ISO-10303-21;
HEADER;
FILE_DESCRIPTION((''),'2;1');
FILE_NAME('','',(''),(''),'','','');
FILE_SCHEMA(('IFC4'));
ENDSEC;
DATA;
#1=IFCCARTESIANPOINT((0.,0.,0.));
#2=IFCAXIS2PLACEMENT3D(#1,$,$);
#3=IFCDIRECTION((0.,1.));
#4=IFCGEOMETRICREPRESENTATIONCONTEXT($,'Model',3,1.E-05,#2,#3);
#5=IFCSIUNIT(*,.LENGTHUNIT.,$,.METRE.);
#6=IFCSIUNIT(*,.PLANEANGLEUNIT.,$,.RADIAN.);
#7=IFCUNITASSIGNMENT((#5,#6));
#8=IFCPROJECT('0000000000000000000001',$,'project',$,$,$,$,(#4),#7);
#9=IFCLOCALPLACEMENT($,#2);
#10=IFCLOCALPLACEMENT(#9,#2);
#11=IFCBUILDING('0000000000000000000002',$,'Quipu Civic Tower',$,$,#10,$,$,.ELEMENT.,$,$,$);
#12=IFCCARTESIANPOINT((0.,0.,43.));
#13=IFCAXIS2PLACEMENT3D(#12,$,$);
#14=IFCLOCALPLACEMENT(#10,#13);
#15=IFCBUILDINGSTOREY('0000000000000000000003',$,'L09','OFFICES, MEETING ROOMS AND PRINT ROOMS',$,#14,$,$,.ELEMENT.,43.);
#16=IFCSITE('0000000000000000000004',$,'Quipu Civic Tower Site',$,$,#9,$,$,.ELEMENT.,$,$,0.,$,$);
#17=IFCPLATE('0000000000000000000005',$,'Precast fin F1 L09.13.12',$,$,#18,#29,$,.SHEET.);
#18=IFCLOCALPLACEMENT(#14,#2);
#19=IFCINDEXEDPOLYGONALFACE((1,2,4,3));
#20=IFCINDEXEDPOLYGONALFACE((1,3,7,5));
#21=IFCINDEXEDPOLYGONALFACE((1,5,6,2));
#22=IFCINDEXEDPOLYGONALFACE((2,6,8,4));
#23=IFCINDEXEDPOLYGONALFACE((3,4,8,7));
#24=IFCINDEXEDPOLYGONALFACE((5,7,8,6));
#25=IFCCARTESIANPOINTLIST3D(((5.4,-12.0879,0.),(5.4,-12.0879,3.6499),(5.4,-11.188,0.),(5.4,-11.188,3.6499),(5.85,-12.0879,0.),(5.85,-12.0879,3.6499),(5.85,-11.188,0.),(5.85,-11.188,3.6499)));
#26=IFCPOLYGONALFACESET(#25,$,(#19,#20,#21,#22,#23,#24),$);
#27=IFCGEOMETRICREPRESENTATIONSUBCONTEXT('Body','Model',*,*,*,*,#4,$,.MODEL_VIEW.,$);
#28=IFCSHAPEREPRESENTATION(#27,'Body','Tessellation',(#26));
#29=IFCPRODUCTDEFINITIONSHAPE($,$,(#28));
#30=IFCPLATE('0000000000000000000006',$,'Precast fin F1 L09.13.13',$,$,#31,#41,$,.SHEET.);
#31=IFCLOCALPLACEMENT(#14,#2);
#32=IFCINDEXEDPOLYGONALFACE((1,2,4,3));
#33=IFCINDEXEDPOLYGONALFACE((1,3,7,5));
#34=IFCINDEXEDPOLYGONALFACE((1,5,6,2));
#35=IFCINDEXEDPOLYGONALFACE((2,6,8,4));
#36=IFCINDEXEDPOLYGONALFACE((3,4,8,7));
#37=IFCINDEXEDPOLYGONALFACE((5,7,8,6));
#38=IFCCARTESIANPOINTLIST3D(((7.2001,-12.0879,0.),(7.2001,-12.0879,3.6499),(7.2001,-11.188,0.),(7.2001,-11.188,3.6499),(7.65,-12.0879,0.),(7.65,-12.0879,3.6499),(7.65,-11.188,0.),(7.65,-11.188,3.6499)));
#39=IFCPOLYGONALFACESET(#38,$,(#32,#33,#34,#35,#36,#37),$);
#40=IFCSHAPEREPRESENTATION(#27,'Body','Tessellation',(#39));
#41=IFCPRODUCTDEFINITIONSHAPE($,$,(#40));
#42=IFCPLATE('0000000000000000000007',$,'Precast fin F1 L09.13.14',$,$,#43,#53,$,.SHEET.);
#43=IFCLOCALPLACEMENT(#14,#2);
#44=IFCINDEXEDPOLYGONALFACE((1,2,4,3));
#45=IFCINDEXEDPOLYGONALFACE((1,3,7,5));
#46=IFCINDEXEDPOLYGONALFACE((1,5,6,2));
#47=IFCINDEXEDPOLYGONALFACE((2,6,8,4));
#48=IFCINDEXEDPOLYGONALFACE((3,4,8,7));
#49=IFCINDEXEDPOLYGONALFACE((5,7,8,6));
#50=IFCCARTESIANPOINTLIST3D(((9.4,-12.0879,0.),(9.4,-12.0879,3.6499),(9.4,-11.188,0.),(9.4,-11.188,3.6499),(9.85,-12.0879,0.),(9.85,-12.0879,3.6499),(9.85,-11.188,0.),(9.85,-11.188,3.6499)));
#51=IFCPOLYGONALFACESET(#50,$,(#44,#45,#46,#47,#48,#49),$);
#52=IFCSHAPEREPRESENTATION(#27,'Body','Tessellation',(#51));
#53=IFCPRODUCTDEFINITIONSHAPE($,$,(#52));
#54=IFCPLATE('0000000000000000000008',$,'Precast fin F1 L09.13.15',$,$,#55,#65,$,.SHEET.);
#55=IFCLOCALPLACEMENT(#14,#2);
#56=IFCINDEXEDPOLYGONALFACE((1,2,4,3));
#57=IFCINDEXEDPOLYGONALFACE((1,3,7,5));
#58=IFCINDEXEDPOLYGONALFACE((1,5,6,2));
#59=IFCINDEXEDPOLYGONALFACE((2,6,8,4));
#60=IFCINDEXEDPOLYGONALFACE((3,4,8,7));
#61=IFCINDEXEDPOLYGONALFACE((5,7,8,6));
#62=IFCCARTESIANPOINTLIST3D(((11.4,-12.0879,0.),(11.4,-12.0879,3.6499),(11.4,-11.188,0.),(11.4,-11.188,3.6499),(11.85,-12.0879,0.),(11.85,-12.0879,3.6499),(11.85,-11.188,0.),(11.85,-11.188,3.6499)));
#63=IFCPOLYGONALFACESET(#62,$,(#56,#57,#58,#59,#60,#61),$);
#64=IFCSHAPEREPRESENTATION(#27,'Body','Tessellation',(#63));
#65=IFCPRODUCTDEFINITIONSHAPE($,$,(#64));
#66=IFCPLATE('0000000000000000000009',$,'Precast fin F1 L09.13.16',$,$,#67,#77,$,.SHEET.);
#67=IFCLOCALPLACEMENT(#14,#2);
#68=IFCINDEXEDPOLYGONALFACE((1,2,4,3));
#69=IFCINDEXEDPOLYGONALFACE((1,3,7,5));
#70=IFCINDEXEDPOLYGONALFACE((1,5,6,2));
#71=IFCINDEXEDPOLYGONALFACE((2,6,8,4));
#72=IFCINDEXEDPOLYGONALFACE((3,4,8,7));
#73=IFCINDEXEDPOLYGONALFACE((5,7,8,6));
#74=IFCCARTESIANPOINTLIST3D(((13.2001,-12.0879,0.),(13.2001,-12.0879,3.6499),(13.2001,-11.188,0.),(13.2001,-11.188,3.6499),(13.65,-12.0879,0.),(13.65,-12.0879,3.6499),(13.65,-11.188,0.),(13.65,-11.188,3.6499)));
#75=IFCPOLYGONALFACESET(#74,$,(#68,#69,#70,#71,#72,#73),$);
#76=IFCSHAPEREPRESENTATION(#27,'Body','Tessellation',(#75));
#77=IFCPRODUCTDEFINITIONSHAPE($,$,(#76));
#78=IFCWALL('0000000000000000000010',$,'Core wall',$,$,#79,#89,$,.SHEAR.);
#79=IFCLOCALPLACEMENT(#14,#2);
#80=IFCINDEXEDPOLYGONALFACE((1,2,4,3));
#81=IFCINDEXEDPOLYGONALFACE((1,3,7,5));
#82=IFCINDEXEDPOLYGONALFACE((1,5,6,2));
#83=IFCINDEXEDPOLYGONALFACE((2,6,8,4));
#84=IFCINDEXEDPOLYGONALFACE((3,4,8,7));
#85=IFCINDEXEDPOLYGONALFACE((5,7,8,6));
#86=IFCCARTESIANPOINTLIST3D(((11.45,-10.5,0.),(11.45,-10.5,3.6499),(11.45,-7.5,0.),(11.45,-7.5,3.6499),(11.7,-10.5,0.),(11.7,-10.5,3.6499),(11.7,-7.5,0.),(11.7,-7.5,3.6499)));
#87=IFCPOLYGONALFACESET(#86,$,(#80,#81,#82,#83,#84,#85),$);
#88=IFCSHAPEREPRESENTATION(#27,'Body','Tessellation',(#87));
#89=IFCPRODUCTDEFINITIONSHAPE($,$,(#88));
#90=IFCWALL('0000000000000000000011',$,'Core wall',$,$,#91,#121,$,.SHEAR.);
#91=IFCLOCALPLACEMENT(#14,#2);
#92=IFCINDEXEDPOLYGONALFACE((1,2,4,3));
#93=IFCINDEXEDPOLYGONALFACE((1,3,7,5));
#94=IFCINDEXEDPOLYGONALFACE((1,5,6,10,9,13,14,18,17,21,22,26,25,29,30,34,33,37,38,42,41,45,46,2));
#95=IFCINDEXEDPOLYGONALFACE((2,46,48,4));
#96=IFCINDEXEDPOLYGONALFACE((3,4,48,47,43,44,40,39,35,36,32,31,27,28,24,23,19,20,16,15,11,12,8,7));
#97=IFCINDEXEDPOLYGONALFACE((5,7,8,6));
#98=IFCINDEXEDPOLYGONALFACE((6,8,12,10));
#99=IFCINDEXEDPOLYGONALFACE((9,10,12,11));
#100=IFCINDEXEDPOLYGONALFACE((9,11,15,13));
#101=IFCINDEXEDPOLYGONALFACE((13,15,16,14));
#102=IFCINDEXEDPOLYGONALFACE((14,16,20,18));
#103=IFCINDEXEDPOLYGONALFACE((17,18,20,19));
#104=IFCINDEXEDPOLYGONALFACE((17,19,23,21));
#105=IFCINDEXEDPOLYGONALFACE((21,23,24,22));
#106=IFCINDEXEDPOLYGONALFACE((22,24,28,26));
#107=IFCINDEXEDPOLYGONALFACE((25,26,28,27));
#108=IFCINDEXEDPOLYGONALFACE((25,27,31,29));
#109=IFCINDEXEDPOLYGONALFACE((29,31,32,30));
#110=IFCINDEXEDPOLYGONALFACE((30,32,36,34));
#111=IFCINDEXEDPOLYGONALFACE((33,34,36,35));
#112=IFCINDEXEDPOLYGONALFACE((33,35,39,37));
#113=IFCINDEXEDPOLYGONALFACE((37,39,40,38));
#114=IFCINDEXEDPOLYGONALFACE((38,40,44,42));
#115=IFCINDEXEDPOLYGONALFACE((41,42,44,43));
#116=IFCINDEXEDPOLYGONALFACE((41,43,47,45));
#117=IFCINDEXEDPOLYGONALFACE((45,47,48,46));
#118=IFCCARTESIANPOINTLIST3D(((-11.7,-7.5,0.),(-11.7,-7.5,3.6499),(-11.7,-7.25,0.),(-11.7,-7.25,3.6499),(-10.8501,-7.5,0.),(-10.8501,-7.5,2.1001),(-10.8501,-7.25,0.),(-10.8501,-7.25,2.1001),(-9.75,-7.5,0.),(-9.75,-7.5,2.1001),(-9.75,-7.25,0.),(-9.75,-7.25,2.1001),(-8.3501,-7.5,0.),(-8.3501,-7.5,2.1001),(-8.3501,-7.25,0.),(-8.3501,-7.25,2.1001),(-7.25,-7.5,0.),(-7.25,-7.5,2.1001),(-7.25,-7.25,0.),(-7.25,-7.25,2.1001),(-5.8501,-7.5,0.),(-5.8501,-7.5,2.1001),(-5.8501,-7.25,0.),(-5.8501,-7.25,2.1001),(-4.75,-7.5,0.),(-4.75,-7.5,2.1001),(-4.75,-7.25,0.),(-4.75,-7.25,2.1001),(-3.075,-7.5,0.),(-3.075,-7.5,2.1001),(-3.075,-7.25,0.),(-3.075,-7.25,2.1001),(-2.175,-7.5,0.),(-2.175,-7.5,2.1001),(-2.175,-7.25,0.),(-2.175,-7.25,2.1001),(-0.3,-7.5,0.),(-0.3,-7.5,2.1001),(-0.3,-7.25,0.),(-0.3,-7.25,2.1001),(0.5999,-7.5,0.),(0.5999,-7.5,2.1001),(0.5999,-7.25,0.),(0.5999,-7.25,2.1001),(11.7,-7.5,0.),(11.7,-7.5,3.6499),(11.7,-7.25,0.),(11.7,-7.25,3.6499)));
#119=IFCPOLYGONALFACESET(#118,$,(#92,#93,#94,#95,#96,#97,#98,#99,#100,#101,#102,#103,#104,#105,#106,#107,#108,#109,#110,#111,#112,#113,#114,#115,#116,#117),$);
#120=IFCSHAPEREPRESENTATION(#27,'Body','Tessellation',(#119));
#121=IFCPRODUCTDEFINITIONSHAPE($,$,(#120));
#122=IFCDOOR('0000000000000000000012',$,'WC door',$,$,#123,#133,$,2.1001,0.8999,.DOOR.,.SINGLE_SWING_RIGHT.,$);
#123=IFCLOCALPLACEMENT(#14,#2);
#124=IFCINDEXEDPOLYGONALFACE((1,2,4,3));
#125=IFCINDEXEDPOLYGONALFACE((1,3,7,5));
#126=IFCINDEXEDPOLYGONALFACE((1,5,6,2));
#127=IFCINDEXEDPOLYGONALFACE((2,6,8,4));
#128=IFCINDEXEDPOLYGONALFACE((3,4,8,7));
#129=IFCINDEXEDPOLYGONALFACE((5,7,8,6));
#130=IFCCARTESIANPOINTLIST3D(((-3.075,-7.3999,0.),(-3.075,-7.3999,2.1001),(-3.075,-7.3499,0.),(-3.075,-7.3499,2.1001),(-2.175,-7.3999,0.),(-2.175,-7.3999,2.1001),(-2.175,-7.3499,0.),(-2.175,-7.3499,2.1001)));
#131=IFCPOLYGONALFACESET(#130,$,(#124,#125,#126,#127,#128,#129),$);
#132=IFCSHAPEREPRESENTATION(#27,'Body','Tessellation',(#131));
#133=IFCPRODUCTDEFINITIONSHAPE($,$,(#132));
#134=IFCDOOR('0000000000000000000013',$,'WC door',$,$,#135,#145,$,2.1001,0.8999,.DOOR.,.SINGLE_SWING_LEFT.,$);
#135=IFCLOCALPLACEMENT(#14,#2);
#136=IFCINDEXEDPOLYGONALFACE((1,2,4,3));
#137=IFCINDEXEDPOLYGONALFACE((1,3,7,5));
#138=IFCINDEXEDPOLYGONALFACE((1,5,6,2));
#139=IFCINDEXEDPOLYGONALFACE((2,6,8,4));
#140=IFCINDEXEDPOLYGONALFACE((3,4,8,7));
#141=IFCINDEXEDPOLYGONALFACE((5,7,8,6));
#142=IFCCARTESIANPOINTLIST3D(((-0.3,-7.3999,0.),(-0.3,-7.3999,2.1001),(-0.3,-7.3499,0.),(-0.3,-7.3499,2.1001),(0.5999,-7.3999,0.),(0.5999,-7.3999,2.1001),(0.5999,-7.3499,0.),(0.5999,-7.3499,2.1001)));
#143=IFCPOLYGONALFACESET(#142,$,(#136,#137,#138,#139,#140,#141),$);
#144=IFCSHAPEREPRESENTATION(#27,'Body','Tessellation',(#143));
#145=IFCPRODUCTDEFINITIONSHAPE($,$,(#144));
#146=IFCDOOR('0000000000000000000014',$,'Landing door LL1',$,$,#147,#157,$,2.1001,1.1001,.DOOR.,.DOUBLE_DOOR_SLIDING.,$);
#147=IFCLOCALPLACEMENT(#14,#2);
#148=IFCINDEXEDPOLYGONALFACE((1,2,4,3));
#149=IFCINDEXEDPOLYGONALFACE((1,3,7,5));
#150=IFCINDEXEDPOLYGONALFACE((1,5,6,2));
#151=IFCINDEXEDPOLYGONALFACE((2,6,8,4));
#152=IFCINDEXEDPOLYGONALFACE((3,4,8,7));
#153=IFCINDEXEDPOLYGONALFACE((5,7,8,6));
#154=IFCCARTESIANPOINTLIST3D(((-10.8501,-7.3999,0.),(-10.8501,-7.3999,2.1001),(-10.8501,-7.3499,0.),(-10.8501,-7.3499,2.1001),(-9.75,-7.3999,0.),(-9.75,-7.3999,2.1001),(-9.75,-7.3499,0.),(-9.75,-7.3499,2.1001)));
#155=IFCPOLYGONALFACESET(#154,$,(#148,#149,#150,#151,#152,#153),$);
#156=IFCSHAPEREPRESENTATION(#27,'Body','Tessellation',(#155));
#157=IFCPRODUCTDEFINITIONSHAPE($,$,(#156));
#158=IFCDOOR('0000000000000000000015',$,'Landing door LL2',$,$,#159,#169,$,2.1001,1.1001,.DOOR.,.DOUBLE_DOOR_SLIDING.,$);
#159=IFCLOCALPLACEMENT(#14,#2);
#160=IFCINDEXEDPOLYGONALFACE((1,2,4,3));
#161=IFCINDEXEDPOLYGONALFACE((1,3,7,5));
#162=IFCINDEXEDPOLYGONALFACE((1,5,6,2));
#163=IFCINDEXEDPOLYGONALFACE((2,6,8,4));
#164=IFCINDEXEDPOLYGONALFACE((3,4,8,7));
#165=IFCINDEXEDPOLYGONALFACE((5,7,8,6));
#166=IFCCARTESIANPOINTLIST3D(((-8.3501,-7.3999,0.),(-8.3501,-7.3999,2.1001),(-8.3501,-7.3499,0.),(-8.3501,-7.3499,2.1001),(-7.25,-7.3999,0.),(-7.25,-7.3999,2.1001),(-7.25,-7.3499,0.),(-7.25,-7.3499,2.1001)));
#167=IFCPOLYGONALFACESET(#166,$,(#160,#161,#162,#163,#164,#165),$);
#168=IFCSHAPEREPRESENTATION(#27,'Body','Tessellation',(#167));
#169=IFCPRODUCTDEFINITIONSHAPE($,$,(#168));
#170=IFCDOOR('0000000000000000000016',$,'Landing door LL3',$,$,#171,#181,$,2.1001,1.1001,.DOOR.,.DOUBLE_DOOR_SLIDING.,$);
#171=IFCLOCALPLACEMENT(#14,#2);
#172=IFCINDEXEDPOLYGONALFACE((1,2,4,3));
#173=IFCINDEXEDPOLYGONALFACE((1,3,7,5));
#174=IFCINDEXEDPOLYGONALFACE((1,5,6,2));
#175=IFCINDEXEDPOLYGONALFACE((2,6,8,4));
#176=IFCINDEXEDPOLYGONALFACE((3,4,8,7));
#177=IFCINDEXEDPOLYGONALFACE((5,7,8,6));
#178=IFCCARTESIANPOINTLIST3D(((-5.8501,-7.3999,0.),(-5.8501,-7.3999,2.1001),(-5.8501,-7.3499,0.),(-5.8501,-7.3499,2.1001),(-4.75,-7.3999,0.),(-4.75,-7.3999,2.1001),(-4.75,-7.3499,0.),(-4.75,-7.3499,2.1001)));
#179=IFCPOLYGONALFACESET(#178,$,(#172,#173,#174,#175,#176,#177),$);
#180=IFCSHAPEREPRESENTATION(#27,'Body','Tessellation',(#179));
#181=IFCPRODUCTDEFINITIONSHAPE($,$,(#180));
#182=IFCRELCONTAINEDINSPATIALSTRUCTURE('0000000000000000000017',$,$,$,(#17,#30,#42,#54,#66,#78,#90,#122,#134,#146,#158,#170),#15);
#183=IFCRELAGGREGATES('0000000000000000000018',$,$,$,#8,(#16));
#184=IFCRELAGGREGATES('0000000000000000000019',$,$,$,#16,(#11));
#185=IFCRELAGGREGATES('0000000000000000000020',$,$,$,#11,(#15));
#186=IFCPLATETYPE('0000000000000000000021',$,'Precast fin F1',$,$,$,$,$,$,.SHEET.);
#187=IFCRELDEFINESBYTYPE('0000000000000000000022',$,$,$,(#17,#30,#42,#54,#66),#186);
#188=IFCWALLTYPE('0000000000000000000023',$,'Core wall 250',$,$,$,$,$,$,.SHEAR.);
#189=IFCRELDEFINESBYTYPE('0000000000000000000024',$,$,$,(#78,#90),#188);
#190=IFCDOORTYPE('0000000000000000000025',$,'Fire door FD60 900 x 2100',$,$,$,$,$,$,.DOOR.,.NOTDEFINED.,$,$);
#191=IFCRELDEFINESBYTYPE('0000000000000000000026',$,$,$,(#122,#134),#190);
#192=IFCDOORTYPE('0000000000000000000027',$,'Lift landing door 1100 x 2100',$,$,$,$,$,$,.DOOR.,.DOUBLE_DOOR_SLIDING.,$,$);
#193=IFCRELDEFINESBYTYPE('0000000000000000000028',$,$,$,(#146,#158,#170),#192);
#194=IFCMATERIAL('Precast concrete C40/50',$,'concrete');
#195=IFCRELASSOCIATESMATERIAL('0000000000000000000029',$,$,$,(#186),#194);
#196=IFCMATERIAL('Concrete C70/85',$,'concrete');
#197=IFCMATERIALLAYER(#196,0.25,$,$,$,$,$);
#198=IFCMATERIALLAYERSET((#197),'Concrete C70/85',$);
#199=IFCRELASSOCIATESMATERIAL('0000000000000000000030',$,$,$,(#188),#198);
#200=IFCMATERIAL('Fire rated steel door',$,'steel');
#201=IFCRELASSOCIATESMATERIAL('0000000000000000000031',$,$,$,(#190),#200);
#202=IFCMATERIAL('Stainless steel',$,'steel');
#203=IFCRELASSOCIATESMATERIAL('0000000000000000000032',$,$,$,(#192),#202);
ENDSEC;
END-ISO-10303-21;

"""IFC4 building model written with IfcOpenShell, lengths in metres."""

from ifc_helpers import new_model, si_unit, direction, frame, frame_2d, origin, origin_2d, place, context, subcontext, project, spatial, rectangle, extrude, material, layer, layer_set, type_object, element, fill, save


model = new_model("IFC4")

# Units and contexts
model_context = context("Model", 3, precision=1e-05, world=origin(), true_north=direction((0.0, 1.0)))
body_context = subcontext(model_context, "Body", "Model", "MODEL_VIEW")
ifc_project = project(units=[si_unit("LENGTHUNIT", "METRE"), si_unit("PLANEANGLEUNIT", "RADIAN")], contexts=[model_context])

# Site, building, storey
site_placement = place(None, origin())
site = spatial("IfcSite", under=ifc_project, at=site_placement, Name="Quipu Civic Tower Site", CompositionType="ELEMENT", RefElevation=0.0)
building_placement = place(site_placement, origin())
building = spatial("IfcBuilding", under=site, at=building_placement, Name="Quipu Civic Tower", CompositionType="ELEMENT")
storey_placement = place(building_placement, frame((0.0, 0.0, 43.0)))
storey = spatial("IfcBuildingStorey", under=building, at=storey_placement, Name="L09", Description="OFFICES, MEETING ROOMS AND PRINT ROOMS", CompositionType="ELEMENT", Elevation=43.0)

# Plates
ifc_material_1 = material(Name="Precast concrete C40/50", Category="concrete")
plate_type = type_object("IfcPlateType", Name="Precast fin F1", PredefinedType="SHEET", material=ifc_material_1)
for number, where, z_axis, x_axis, name in (
    (1, (5.625, -11.6379, 0.0), (0.0, 0.0, 1.0), (1.0, 0.0, 0.0), "Precast fin F1 L09.13.12"),
    (2, (7.425, -11.6379, 0.0), (0.0, 0.0, 1.0), (1.0, 0.0, 0.0), "Precast fin F1 L09.13.13"),
    (3, (9.625, -11.6379, 0.0), (0.0, 0.0, 1.0), (1.0, 0.0, 0.0), "Precast fin F1 L09.13.14"),
    (4, (11.625, -11.6379, 0.0), (0.0, 0.0, 1.0), (1.0, 0.0, 0.0), "Precast fin F1 L09.13.15"),
    (5, (13.425, -11.6379, 0.0), (0.0, 0.0, 1.0), (1.0, 0.0, 0.0), "Precast fin F1 L09.13.16"),
):
    element("IfcPlate", number, at=place(storey_placement, frame(where, z_axis=z_axis, x_axis=x_axis)), inside=storey, type_object=plate_type, Name=name, PredefinedType="SHEET", context=body_context, shape_type="SweptSolid", body=[
        extrude(rectangle(XDim=0.45, YDim=0.8999, at=origin_2d()), origin(), (0.0, 0.0, 1.0), 3.6499),
    ])

# Wall
ifc_material_2 = material(Name="Concrete C70/85", Category="concrete")
ifc_layer_1 = layer(ifc_material_2, 0.25)
ifc_layer_set_1 = layer_set([ifc_layer_1], Name="Concrete C70/85")
wall_type_1 = type_object("IfcWallType", Name="Core wall 250", PredefinedType="SHEAR", material=ifc_layer_set_1)
wall_1_placement = place(storey_placement, frame((11.575, -10.5, 0.0), z_axis=(0.0, 0.0, 1.0), x_axis=(0.0, 1.0, 0.0)))
element("IfcWall", 6, at=wall_1_placement, inside=storey, type_object=wall_type_1, Name="Core wall", PredefinedType="SHEAR", context=body_context, shape_type="SweptSolid", body=[
    extrude(rectangle(XDim=3.0, YDim=0.25, at=frame_2d((1.5, 0.0))), origin(), (0.0, 0.0, 1.0), 3.6499),
])

# Wall, openings, doors
wall_2_placement = place(storey_placement, frame((11.7, -7.375, 0.0), z_axis=(0.0, 0.0, 1.0), x_axis=(-1.0, 0.0, 0.0)))
wall_2 = element("IfcWall", 7, at=wall_2_placement, inside=storey, type_object=wall_type_1, Name="Core wall", PredefinedType="SHEAR", context=body_context, shape_type="SweptSolid", body=[
    extrude(rectangle(XDim=23.3999, YDim=0.25, at=frame_2d((11.7, 0.0))), origin(), (0.0, 0.0, 1.0), 3.6499),
])
opening_1_placement = place(wall_2_placement, frame((21.45, 0.0, 0.0)))
opening_1 = element("IfcOpeningElement", 8, at=opening_1_placement, cuts=wall_2, PredefinedType="OPENING", context=body_context, shape_type="SweptSolid", body=[
    extrude(rectangle(XDim=1.1001, YDim=2.1001, at=frame_2d((0.55, 1.05))), frame((0.0, 0.135, 0.0), z_axis=(0.0, -1.0, 0.0), x_axis=(1.0, 0.0, 0.0)), (0.0, 0.0, 1.0), 0.27),
])
opening_2_placement = place(wall_2_placement, frame((18.95, 0.0, 0.0)))
opening_2 = element("IfcOpeningElement", 9, at=opening_2_placement, cuts=wall_2, PredefinedType="OPENING", context=body_context, shape_type="SweptSolid", body=[
    extrude(rectangle(XDim=1.1001, YDim=2.1001, at=frame_2d((0.55, 1.05))), frame((0.0, 0.135, 0.0), z_axis=(0.0, -1.0, 0.0), x_axis=(1.0, 0.0, 0.0)), (0.0, 0.0, 1.0), 0.27),
])
opening_3_placement = place(wall_2_placement, frame((16.45, 0.0, 0.0)))
opening_3 = element("IfcOpeningElement", 10, at=opening_3_placement, cuts=wall_2, PredefinedType="OPENING", context=body_context, shape_type="SweptSolid", body=[
    extrude(rectangle(XDim=1.1001, YDim=2.1001, at=frame_2d((0.55, 1.05))), frame((0.0, 0.135, 0.0), z_axis=(0.0, -1.0, 0.0), x_axis=(1.0, 0.0, 0.0)), (0.0, 0.0, 1.0), 0.27),
])
opening_4_placement = place(wall_2_placement, frame((13.875, 0.0, 0.0)))
opening_4 = element("IfcOpeningElement", 11, at=opening_4_placement, cuts=wall_2, PredefinedType="OPENING", context=body_context, shape_type="SweptSolid", body=[
    extrude(rectangle(XDim=0.8999, YDim=2.1001, at=frame_2d((0.45, 1.05))), frame((0.0, 0.135, 0.0), z_axis=(0.0, -1.0, 0.0), x_axis=(1.0, 0.0, 0.0)), (0.0, 0.0, 1.0), 0.27),
])
opening_5_placement = place(wall_2_placement, frame((11.1001, 0.0, 0.0)))
opening_5 = element("IfcOpeningElement", 12, at=opening_5_placement, cuts=wall_2, PredefinedType="OPENING", context=body_context, shape_type="SweptSolid", body=[
    extrude(rectangle(XDim=0.8999, YDim=2.1001, at=frame_2d((0.45, 1.05))), frame((0.0, 0.135, 0.0), z_axis=(0.0, -1.0, 0.0), x_axis=(1.0, 0.0, 0.0)), (0.0, 0.0, 1.0), 0.27),
])
ifc_material_3 = material(Name="Fire rated steel door", Category="steel")
door_type_1 = type_object("IfcDoorType", Name="Fire door FD60 900 x 2100", OperationType="NOTDEFINED", PredefinedType="DOOR", material=ifc_material_3)
door_1_placement = place(opening_4_placement, origin())
door_1 = element("IfcDoor", 13, at=door_1_placement, inside=storey, type_object=door_type_1, Name="WC door", OperationType="SINGLE_SWING_RIGHT", OverallHeight=2.1001, OverallWidth=0.8999, PredefinedType="DOOR", context=body_context, shape_type="SweptSolid", body=[
    extrude(rectangle(XDim=0.8999, YDim=2.1001, at=frame_2d((0.45, 1.05))), frame((0.0, 0.0249, 0.0), z_axis=(0.0, -1.0, 0.0), x_axis=(1.0, 0.0, 0.0)), (0.0, 0.0, 1.0), 0.05),
])
fill(opening_4, door_1)
door_2_placement = place(opening_5_placement, origin())
door_2 = element("IfcDoor", 14, at=door_2_placement, inside=storey, type_object=door_type_1, Name="WC door", OperationType="SINGLE_SWING_LEFT", OverallHeight=2.1001, OverallWidth=0.8999, PredefinedType="DOOR", context=body_context, shape_type="SweptSolid", body=[
    extrude(rectangle(XDim=0.8999, YDim=2.1001, at=frame_2d((0.45, 1.05))), frame((0.0, 0.0249, 0.0), z_axis=(0.0, -1.0, 0.0), x_axis=(1.0, 0.0, 0.0)), (0.0, 0.0, 1.0), 0.05),
])
fill(opening_5, door_2)
ifc_material_4 = material(Name="Stainless steel", Category="steel")
door_type_2 = type_object("IfcDoorType", Name="Lift landing door 1100 x 2100", OperationType="DOUBLE_DOOR_SLIDING", PredefinedType="DOOR", material=ifc_material_4)
door_3_placement = place(opening_1_placement, origin())
door_3 = element("IfcDoor", 15, at=door_3_placement, inside=storey, type_object=door_type_2, Name="Landing door LL1", OperationType="DOUBLE_DOOR_SLIDING", OverallHeight=2.1001, OverallWidth=1.1001, PredefinedType="DOOR", context=body_context, shape_type="SweptSolid", body=[
    extrude(rectangle(XDim=1.1001, YDim=2.1001, at=frame_2d((0.55, 1.05))), frame((0.0, 0.0249, 0.0), z_axis=(0.0, -1.0, 0.0), x_axis=(1.0, 0.0, 0.0)), (0.0, 0.0, 1.0), 0.05),
])
fill(opening_1, door_3)
door_4_placement = place(opening_2_placement, origin())
door_4 = element("IfcDoor", 16, at=door_4_placement, inside=storey, type_object=door_type_2, Name="Landing door LL2", OperationType="DOUBLE_DOOR_SLIDING", OverallHeight=2.1001, OverallWidth=1.1001, PredefinedType="DOOR", context=body_context, shape_type="SweptSolid", body=[
    extrude(rectangle(XDim=1.1001, YDim=2.1001, at=frame_2d((0.55, 1.05))), frame((0.0, 0.0249, 0.0), z_axis=(0.0, -1.0, 0.0), x_axis=(1.0, 0.0, 0.0)), (0.0, 0.0, 1.0), 0.05),
])
fill(opening_2, door_4)
door_5_placement = place(opening_3_placement, origin())
door_5 = element("IfcDoor", 17, at=door_5_placement, inside=storey, type_object=door_type_2, Name="Landing door LL3", OperationType="DOUBLE_DOOR_SLIDING", OverallHeight=2.1001, OverallWidth=1.1001, PredefinedType="DOOR", context=body_context, shape_type="SweptSolid", body=[
    extrude(rectangle(XDim=1.1001, YDim=2.1001, at=frame_2d((0.55, 1.05))), frame((0.0, 0.0249, 0.0), z_axis=(0.0, -1.0, 0.0), x_axis=(1.0, 0.0, 0.0)), (0.0, 0.0, 1.0), 0.05),
])
fill(opening_3, door_5)

save(model, "model.ifc")
